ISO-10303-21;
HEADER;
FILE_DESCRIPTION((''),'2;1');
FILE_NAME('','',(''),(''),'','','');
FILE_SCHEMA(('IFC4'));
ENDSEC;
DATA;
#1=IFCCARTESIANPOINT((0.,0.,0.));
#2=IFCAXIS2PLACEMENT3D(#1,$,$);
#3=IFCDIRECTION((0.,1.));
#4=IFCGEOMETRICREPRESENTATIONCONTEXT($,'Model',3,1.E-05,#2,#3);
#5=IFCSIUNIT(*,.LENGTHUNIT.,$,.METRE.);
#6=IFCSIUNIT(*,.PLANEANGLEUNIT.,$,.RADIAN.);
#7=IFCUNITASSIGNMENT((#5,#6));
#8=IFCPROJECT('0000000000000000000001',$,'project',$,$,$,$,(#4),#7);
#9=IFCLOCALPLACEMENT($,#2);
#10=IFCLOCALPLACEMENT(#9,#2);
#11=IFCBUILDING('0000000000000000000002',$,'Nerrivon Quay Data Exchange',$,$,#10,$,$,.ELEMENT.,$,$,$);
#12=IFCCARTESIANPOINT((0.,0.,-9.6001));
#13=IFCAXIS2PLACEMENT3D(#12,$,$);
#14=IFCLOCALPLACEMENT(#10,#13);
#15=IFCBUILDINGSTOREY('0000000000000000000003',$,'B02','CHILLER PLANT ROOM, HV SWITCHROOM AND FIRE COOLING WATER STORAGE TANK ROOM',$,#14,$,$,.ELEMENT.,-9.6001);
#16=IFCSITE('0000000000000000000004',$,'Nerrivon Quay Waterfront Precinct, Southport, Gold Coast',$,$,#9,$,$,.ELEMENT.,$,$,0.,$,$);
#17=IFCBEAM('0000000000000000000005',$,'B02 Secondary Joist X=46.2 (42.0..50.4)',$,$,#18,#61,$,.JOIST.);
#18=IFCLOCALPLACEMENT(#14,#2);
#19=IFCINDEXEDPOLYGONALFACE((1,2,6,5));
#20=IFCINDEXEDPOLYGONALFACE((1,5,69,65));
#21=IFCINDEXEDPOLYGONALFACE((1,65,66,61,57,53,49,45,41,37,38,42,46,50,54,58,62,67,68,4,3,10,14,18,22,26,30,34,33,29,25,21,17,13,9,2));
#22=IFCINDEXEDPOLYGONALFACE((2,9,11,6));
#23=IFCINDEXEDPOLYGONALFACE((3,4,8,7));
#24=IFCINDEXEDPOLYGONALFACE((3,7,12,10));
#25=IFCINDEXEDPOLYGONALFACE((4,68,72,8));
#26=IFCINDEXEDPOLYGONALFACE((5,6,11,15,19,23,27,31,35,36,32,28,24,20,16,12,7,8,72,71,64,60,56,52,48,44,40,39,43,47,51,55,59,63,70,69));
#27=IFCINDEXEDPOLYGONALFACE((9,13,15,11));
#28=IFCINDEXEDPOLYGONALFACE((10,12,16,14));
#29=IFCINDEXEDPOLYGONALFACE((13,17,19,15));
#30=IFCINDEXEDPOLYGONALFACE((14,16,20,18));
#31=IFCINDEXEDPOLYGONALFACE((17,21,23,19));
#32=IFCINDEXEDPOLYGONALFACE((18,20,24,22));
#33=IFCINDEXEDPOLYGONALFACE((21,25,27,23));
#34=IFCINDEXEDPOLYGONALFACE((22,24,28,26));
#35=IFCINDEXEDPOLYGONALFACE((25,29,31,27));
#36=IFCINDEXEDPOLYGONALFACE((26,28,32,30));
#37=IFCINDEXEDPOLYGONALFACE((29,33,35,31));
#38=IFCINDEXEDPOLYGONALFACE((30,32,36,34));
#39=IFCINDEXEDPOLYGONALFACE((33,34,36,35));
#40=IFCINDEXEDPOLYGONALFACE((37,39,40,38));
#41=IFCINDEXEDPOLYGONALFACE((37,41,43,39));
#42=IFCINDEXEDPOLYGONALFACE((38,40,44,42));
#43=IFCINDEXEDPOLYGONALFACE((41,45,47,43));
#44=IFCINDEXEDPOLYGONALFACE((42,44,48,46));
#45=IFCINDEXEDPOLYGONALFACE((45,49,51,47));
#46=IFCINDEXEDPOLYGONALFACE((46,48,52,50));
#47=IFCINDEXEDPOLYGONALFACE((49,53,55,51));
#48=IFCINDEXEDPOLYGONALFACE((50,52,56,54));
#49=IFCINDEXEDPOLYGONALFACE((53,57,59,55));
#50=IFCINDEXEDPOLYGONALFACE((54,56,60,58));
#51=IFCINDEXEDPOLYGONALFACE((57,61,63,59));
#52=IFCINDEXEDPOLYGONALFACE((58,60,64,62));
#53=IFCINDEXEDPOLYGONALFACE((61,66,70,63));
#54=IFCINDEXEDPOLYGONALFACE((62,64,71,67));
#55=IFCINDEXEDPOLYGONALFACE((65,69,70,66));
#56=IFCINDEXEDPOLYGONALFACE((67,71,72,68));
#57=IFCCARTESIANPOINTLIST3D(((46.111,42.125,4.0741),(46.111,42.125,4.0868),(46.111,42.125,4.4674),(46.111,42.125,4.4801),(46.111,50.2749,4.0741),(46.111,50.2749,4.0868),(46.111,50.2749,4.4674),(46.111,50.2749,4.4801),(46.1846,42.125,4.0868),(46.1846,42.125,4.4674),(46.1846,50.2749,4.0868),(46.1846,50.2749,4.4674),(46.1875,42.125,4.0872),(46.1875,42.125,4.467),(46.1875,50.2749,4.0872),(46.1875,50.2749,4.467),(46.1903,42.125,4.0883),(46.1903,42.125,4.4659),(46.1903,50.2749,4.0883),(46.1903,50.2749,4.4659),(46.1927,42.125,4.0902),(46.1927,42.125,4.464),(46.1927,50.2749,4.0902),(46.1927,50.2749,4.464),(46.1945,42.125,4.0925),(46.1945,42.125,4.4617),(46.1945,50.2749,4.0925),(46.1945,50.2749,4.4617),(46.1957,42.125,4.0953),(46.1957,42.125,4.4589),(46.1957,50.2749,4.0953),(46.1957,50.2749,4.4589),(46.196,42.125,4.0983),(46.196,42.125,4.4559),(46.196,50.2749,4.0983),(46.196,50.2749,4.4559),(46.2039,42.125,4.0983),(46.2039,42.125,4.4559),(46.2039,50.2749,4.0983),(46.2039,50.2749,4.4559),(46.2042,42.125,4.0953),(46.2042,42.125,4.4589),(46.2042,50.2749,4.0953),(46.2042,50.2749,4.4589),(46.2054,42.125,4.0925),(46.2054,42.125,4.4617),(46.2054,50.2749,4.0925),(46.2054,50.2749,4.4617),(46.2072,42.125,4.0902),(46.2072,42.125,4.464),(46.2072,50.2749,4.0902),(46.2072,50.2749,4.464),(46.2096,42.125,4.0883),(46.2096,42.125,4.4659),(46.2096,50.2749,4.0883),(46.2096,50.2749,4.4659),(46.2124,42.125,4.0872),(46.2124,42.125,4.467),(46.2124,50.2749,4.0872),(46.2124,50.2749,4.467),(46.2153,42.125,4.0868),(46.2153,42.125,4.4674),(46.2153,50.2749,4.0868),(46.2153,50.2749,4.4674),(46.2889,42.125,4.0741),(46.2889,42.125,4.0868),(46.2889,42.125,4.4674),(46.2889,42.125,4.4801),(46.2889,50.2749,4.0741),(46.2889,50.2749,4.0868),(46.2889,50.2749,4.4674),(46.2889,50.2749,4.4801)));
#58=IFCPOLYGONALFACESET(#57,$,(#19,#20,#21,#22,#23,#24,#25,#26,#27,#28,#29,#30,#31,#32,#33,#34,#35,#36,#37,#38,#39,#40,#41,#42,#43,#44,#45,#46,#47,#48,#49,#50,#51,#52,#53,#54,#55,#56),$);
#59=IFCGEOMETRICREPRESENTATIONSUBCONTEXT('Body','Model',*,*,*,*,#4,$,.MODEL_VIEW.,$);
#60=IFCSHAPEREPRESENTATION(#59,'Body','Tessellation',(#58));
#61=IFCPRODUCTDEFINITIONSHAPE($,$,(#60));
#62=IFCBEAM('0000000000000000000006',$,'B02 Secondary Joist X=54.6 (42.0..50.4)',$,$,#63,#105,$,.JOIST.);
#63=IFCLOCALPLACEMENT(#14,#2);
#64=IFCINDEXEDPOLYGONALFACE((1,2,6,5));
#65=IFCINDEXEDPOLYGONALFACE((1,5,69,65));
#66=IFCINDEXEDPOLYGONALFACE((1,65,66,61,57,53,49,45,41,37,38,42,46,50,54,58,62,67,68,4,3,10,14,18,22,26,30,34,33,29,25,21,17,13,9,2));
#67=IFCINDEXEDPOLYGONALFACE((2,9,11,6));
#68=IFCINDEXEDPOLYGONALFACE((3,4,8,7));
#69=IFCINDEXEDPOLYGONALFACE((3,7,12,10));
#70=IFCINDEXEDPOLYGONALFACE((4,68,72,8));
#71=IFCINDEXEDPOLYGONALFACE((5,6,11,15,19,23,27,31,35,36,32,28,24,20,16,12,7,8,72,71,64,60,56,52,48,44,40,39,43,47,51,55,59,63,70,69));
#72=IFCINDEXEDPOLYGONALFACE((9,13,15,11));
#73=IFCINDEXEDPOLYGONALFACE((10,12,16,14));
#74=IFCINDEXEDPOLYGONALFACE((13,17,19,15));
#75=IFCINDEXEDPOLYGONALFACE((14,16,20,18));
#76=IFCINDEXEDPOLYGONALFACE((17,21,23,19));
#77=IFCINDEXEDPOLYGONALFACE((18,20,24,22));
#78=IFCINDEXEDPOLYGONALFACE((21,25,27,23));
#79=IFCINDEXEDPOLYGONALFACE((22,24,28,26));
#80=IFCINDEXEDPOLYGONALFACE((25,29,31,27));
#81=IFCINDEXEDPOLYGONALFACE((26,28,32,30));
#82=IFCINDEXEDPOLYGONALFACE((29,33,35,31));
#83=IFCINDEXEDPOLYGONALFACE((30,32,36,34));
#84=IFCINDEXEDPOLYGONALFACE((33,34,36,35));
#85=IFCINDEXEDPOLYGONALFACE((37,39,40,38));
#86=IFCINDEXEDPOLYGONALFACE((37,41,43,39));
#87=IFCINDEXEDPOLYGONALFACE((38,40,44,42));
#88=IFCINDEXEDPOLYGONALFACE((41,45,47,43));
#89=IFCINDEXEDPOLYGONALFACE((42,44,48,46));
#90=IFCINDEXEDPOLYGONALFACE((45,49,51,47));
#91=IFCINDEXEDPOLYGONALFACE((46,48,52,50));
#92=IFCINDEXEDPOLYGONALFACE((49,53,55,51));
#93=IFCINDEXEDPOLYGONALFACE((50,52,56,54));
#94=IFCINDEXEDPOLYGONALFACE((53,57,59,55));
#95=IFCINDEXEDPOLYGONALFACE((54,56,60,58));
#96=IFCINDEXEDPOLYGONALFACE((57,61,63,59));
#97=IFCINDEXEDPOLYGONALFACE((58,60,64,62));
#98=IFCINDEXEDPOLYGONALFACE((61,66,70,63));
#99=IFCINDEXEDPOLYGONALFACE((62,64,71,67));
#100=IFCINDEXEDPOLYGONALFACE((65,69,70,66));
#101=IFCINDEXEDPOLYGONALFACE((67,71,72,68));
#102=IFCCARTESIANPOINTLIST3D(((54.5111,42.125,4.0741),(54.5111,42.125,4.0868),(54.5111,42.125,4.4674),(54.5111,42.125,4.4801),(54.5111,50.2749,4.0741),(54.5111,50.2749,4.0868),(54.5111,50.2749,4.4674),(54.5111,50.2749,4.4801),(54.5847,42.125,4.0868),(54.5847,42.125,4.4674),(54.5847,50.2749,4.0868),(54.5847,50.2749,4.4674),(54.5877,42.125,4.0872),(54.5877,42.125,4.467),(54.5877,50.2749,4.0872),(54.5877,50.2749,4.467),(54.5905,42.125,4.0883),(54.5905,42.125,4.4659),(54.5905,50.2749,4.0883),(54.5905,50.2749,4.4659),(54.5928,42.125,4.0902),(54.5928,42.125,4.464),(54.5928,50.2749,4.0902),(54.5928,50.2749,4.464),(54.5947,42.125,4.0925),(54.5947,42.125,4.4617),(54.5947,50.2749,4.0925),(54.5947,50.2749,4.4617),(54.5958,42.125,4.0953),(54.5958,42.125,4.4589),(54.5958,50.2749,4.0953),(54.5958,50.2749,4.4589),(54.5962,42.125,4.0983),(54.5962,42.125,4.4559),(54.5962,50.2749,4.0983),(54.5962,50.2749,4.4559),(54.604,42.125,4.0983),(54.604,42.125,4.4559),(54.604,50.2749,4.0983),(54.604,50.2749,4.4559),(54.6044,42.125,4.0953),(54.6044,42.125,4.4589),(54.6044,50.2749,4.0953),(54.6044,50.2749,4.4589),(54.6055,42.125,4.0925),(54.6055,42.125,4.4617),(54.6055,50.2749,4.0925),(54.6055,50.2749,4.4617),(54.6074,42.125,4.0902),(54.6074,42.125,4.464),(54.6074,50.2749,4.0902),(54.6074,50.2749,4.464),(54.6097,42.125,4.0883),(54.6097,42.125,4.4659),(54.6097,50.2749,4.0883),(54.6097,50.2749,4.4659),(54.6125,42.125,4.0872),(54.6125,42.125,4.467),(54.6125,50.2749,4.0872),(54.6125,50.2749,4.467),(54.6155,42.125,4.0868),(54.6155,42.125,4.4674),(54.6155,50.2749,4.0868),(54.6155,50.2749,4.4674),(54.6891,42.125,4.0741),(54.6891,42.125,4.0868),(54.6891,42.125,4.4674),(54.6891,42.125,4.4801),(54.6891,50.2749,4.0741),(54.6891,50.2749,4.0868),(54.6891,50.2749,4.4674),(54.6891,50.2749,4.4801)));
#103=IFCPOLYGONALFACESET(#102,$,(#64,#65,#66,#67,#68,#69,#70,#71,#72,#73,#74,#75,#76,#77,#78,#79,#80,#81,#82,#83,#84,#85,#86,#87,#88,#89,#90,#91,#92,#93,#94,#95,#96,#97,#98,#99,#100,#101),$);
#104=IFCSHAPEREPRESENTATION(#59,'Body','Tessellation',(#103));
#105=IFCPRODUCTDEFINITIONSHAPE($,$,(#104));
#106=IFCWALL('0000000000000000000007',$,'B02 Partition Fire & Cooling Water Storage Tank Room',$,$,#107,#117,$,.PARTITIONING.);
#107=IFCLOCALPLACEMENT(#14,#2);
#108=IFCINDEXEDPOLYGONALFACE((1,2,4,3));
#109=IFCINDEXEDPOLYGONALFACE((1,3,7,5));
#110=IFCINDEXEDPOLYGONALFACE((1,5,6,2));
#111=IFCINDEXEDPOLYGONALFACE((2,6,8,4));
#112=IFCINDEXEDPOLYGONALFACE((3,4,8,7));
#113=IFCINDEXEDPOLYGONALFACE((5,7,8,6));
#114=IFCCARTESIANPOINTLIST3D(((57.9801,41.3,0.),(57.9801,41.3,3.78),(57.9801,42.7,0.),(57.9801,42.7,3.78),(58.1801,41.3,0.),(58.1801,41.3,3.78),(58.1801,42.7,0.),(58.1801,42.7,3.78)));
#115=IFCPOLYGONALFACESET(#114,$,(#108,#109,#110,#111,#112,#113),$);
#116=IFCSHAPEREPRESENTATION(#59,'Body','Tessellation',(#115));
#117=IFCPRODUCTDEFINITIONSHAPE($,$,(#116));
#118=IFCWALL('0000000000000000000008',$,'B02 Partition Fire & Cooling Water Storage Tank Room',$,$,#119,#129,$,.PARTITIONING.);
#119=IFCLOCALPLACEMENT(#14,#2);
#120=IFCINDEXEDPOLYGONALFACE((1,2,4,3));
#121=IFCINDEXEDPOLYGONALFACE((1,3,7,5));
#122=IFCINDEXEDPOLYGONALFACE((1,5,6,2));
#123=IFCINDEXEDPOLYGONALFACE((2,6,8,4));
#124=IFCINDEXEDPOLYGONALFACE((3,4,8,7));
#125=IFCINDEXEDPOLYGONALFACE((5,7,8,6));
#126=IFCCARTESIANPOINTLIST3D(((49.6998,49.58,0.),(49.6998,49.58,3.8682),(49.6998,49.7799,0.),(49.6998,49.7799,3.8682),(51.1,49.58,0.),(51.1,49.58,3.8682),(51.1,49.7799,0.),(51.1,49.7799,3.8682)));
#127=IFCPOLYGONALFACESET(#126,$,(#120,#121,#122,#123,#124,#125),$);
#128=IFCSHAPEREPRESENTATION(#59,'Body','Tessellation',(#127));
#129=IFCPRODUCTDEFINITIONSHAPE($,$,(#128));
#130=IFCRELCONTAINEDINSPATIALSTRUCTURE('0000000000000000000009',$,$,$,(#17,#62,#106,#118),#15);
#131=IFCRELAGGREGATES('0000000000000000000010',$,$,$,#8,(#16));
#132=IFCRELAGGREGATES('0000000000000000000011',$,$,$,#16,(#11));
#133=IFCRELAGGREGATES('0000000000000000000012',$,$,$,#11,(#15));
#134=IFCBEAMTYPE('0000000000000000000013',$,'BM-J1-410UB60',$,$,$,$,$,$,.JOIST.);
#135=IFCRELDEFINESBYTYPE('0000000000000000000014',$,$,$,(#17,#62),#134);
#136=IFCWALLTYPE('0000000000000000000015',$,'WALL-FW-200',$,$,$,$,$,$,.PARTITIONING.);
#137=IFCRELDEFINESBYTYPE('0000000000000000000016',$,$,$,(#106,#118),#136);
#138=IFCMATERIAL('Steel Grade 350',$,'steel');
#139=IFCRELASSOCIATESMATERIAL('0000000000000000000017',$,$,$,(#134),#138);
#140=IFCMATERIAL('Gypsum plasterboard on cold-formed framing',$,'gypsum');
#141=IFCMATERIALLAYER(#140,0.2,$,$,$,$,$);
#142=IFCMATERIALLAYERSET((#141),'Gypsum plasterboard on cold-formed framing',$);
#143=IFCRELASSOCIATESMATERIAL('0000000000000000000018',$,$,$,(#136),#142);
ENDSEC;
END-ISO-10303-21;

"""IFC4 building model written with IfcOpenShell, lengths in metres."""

from ifc_helpers import new_model, si_unit, direction, frame, frame_2d, origin, origin_2d, place, context, subcontext, project, spatial, rectangle, i_section, extrude, material, layer, layer_set, material_profile, profile_set, type_object, element, save


model = new_model("IFC4")

# Units and contexts
model_context = context("Model", 3, precision=1e-05, world=origin(), true_north=direction((0.0, 1.0)))
body_context = subcontext(model_context, "Body", "Model", "MODEL_VIEW")
ifc_project = project(units=[si_unit("LENGTHUNIT", "METRE"), si_unit("PLANEANGLEUNIT", "RADIAN")], contexts=[model_context])

# Site, building, storey
site_placement = place(None, origin())
site = spatial("IfcSite", under=ifc_project, at=site_placement, Name="Nerrivon Quay Waterfront Precinct, Southport, Gold Coast", CompositionType="ELEMENT", RefElevation=0.0)
building_placement = place(site_placement, origin())
building = spatial("IfcBuilding", under=site, at=building_placement, Name="Nerrivon Quay Data Exchange", CompositionType="ELEMENT")
storey_placement = place(building_placement, frame((0.0, 0.0, -9.6001)))
storey = spatial("IfcBuildingStorey", under=building, at=storey_placement, Name="B02", Description="CHILLER PLANT ROOM, HV SWITCHROOM AND FIRE COOLING WATER STORAGE TANK ROOM", CompositionType="ELEMENT", Elevation=-9.6001)

# Beams
ifc_material_1 = material(Name="Steel Grade 350", Category="steel")
ifc_material_profile_1 = material_profile(ifc_material_1, i_section(OverallWidth=0.178, OverallDepth=0.406, WebThickness=0.0078, FlangeThickness=0.0127, FilletRadius=0.0115, at=origin_2d()), Name="410UB59.7")
ifc_profile_set_1 = profile_set([ifc_material_profile_1], Name="Steel Grade 350")
beam_type_1 = type_object("IfcBeamType", Name="BM-J1-410UB60", PredefinedType="JOIST", material=ifc_profile_set_1)
for number, where, z_axis, x_axis, name in (
    (1, (46.2, 42.125, 4.2771), (0.0, 1.0, 0.0), (-1.0, 0.0, 0.0), "B02 Secondary Joist X=46.2 (42.0..50.4)"),
    (2, (54.6001, 42.125, 4.2771), (0.0, 1.0, 0.0), (-1.0, 0.0, 0.0), "B02 Secondary Joist X=54.6 (42.0..50.4)"),
):
    element("IfcBeam", number, at=place(storey_placement, frame(where, z_axis=z_axis, x_axis=x_axis)), inside=storey, type_object=beam_type_1, Name=name, PredefinedType="JOIST", context=body_context, shape_type="SweptSolid", body=[
        extrude(i_section(OverallWidth=0.178, OverallDepth=0.406, WebThickness=0.0078, FlangeThickness=0.0127, FilletRadius=0.0115, at=origin_2d()), origin(), (0.0, 0.0, 1.0), 8.1499),
    ])

# Walls
ifc_material_2 = material(Name="Gypsum plasterboard on cold-formed framing", Category="gypsum")
ifc_layer = layer(ifc_material_2, 0.2)
ifc_layer_set = layer_set([ifc_layer], Name="Gypsum plasterboard on cold-formed framing")
wall_type = type_object("IfcWallType", Name="WALL-FW-200", PredefinedType="PARTITIONING", material=ifc_layer_set)
wall_1_placement = place(storey_placement, frame((58.0801, 41.3, 0.0), z_axis=(0.0, 0.0, 1.0), x_axis=(0.0, 1.0, 0.0)))
element("IfcWall", 3, at=wall_1_placement, inside=storey, type_object=wall_type, Name="B02 Partition Fire & Cooling Water Storage Tank Room", PredefinedType="PARTITIONING", context=body_context, shape_type="SweptSolid", body=[
    extrude(rectangle(XDim=1.3999, YDim=0.2, at=frame_2d((0.7, 0.0))), origin(), (0.0, 0.0, 1.0), 3.78),
])
wall_2_placement = place(storey_placement, frame((51.1001, 49.6799, 0.0), z_axis=(0.0, 0.0, 1.0), x_axis=(-1.0, 0.0, 0.0)))
element("IfcWall", 4, at=wall_2_placement, inside=storey, type_object=wall_type, Name="B02 Partition Fire & Cooling Water Storage Tank Room", PredefinedType="PARTITIONING", context=body_context, shape_type="SweptSolid", body=[
    extrude(rectangle(XDim=1.4001, YDim=0.2, at=frame_2d((0.7002, 0.0))), origin(), (0.0, 0.0, 1.0), 3.8682),
])

save(model, "model.ifc")
